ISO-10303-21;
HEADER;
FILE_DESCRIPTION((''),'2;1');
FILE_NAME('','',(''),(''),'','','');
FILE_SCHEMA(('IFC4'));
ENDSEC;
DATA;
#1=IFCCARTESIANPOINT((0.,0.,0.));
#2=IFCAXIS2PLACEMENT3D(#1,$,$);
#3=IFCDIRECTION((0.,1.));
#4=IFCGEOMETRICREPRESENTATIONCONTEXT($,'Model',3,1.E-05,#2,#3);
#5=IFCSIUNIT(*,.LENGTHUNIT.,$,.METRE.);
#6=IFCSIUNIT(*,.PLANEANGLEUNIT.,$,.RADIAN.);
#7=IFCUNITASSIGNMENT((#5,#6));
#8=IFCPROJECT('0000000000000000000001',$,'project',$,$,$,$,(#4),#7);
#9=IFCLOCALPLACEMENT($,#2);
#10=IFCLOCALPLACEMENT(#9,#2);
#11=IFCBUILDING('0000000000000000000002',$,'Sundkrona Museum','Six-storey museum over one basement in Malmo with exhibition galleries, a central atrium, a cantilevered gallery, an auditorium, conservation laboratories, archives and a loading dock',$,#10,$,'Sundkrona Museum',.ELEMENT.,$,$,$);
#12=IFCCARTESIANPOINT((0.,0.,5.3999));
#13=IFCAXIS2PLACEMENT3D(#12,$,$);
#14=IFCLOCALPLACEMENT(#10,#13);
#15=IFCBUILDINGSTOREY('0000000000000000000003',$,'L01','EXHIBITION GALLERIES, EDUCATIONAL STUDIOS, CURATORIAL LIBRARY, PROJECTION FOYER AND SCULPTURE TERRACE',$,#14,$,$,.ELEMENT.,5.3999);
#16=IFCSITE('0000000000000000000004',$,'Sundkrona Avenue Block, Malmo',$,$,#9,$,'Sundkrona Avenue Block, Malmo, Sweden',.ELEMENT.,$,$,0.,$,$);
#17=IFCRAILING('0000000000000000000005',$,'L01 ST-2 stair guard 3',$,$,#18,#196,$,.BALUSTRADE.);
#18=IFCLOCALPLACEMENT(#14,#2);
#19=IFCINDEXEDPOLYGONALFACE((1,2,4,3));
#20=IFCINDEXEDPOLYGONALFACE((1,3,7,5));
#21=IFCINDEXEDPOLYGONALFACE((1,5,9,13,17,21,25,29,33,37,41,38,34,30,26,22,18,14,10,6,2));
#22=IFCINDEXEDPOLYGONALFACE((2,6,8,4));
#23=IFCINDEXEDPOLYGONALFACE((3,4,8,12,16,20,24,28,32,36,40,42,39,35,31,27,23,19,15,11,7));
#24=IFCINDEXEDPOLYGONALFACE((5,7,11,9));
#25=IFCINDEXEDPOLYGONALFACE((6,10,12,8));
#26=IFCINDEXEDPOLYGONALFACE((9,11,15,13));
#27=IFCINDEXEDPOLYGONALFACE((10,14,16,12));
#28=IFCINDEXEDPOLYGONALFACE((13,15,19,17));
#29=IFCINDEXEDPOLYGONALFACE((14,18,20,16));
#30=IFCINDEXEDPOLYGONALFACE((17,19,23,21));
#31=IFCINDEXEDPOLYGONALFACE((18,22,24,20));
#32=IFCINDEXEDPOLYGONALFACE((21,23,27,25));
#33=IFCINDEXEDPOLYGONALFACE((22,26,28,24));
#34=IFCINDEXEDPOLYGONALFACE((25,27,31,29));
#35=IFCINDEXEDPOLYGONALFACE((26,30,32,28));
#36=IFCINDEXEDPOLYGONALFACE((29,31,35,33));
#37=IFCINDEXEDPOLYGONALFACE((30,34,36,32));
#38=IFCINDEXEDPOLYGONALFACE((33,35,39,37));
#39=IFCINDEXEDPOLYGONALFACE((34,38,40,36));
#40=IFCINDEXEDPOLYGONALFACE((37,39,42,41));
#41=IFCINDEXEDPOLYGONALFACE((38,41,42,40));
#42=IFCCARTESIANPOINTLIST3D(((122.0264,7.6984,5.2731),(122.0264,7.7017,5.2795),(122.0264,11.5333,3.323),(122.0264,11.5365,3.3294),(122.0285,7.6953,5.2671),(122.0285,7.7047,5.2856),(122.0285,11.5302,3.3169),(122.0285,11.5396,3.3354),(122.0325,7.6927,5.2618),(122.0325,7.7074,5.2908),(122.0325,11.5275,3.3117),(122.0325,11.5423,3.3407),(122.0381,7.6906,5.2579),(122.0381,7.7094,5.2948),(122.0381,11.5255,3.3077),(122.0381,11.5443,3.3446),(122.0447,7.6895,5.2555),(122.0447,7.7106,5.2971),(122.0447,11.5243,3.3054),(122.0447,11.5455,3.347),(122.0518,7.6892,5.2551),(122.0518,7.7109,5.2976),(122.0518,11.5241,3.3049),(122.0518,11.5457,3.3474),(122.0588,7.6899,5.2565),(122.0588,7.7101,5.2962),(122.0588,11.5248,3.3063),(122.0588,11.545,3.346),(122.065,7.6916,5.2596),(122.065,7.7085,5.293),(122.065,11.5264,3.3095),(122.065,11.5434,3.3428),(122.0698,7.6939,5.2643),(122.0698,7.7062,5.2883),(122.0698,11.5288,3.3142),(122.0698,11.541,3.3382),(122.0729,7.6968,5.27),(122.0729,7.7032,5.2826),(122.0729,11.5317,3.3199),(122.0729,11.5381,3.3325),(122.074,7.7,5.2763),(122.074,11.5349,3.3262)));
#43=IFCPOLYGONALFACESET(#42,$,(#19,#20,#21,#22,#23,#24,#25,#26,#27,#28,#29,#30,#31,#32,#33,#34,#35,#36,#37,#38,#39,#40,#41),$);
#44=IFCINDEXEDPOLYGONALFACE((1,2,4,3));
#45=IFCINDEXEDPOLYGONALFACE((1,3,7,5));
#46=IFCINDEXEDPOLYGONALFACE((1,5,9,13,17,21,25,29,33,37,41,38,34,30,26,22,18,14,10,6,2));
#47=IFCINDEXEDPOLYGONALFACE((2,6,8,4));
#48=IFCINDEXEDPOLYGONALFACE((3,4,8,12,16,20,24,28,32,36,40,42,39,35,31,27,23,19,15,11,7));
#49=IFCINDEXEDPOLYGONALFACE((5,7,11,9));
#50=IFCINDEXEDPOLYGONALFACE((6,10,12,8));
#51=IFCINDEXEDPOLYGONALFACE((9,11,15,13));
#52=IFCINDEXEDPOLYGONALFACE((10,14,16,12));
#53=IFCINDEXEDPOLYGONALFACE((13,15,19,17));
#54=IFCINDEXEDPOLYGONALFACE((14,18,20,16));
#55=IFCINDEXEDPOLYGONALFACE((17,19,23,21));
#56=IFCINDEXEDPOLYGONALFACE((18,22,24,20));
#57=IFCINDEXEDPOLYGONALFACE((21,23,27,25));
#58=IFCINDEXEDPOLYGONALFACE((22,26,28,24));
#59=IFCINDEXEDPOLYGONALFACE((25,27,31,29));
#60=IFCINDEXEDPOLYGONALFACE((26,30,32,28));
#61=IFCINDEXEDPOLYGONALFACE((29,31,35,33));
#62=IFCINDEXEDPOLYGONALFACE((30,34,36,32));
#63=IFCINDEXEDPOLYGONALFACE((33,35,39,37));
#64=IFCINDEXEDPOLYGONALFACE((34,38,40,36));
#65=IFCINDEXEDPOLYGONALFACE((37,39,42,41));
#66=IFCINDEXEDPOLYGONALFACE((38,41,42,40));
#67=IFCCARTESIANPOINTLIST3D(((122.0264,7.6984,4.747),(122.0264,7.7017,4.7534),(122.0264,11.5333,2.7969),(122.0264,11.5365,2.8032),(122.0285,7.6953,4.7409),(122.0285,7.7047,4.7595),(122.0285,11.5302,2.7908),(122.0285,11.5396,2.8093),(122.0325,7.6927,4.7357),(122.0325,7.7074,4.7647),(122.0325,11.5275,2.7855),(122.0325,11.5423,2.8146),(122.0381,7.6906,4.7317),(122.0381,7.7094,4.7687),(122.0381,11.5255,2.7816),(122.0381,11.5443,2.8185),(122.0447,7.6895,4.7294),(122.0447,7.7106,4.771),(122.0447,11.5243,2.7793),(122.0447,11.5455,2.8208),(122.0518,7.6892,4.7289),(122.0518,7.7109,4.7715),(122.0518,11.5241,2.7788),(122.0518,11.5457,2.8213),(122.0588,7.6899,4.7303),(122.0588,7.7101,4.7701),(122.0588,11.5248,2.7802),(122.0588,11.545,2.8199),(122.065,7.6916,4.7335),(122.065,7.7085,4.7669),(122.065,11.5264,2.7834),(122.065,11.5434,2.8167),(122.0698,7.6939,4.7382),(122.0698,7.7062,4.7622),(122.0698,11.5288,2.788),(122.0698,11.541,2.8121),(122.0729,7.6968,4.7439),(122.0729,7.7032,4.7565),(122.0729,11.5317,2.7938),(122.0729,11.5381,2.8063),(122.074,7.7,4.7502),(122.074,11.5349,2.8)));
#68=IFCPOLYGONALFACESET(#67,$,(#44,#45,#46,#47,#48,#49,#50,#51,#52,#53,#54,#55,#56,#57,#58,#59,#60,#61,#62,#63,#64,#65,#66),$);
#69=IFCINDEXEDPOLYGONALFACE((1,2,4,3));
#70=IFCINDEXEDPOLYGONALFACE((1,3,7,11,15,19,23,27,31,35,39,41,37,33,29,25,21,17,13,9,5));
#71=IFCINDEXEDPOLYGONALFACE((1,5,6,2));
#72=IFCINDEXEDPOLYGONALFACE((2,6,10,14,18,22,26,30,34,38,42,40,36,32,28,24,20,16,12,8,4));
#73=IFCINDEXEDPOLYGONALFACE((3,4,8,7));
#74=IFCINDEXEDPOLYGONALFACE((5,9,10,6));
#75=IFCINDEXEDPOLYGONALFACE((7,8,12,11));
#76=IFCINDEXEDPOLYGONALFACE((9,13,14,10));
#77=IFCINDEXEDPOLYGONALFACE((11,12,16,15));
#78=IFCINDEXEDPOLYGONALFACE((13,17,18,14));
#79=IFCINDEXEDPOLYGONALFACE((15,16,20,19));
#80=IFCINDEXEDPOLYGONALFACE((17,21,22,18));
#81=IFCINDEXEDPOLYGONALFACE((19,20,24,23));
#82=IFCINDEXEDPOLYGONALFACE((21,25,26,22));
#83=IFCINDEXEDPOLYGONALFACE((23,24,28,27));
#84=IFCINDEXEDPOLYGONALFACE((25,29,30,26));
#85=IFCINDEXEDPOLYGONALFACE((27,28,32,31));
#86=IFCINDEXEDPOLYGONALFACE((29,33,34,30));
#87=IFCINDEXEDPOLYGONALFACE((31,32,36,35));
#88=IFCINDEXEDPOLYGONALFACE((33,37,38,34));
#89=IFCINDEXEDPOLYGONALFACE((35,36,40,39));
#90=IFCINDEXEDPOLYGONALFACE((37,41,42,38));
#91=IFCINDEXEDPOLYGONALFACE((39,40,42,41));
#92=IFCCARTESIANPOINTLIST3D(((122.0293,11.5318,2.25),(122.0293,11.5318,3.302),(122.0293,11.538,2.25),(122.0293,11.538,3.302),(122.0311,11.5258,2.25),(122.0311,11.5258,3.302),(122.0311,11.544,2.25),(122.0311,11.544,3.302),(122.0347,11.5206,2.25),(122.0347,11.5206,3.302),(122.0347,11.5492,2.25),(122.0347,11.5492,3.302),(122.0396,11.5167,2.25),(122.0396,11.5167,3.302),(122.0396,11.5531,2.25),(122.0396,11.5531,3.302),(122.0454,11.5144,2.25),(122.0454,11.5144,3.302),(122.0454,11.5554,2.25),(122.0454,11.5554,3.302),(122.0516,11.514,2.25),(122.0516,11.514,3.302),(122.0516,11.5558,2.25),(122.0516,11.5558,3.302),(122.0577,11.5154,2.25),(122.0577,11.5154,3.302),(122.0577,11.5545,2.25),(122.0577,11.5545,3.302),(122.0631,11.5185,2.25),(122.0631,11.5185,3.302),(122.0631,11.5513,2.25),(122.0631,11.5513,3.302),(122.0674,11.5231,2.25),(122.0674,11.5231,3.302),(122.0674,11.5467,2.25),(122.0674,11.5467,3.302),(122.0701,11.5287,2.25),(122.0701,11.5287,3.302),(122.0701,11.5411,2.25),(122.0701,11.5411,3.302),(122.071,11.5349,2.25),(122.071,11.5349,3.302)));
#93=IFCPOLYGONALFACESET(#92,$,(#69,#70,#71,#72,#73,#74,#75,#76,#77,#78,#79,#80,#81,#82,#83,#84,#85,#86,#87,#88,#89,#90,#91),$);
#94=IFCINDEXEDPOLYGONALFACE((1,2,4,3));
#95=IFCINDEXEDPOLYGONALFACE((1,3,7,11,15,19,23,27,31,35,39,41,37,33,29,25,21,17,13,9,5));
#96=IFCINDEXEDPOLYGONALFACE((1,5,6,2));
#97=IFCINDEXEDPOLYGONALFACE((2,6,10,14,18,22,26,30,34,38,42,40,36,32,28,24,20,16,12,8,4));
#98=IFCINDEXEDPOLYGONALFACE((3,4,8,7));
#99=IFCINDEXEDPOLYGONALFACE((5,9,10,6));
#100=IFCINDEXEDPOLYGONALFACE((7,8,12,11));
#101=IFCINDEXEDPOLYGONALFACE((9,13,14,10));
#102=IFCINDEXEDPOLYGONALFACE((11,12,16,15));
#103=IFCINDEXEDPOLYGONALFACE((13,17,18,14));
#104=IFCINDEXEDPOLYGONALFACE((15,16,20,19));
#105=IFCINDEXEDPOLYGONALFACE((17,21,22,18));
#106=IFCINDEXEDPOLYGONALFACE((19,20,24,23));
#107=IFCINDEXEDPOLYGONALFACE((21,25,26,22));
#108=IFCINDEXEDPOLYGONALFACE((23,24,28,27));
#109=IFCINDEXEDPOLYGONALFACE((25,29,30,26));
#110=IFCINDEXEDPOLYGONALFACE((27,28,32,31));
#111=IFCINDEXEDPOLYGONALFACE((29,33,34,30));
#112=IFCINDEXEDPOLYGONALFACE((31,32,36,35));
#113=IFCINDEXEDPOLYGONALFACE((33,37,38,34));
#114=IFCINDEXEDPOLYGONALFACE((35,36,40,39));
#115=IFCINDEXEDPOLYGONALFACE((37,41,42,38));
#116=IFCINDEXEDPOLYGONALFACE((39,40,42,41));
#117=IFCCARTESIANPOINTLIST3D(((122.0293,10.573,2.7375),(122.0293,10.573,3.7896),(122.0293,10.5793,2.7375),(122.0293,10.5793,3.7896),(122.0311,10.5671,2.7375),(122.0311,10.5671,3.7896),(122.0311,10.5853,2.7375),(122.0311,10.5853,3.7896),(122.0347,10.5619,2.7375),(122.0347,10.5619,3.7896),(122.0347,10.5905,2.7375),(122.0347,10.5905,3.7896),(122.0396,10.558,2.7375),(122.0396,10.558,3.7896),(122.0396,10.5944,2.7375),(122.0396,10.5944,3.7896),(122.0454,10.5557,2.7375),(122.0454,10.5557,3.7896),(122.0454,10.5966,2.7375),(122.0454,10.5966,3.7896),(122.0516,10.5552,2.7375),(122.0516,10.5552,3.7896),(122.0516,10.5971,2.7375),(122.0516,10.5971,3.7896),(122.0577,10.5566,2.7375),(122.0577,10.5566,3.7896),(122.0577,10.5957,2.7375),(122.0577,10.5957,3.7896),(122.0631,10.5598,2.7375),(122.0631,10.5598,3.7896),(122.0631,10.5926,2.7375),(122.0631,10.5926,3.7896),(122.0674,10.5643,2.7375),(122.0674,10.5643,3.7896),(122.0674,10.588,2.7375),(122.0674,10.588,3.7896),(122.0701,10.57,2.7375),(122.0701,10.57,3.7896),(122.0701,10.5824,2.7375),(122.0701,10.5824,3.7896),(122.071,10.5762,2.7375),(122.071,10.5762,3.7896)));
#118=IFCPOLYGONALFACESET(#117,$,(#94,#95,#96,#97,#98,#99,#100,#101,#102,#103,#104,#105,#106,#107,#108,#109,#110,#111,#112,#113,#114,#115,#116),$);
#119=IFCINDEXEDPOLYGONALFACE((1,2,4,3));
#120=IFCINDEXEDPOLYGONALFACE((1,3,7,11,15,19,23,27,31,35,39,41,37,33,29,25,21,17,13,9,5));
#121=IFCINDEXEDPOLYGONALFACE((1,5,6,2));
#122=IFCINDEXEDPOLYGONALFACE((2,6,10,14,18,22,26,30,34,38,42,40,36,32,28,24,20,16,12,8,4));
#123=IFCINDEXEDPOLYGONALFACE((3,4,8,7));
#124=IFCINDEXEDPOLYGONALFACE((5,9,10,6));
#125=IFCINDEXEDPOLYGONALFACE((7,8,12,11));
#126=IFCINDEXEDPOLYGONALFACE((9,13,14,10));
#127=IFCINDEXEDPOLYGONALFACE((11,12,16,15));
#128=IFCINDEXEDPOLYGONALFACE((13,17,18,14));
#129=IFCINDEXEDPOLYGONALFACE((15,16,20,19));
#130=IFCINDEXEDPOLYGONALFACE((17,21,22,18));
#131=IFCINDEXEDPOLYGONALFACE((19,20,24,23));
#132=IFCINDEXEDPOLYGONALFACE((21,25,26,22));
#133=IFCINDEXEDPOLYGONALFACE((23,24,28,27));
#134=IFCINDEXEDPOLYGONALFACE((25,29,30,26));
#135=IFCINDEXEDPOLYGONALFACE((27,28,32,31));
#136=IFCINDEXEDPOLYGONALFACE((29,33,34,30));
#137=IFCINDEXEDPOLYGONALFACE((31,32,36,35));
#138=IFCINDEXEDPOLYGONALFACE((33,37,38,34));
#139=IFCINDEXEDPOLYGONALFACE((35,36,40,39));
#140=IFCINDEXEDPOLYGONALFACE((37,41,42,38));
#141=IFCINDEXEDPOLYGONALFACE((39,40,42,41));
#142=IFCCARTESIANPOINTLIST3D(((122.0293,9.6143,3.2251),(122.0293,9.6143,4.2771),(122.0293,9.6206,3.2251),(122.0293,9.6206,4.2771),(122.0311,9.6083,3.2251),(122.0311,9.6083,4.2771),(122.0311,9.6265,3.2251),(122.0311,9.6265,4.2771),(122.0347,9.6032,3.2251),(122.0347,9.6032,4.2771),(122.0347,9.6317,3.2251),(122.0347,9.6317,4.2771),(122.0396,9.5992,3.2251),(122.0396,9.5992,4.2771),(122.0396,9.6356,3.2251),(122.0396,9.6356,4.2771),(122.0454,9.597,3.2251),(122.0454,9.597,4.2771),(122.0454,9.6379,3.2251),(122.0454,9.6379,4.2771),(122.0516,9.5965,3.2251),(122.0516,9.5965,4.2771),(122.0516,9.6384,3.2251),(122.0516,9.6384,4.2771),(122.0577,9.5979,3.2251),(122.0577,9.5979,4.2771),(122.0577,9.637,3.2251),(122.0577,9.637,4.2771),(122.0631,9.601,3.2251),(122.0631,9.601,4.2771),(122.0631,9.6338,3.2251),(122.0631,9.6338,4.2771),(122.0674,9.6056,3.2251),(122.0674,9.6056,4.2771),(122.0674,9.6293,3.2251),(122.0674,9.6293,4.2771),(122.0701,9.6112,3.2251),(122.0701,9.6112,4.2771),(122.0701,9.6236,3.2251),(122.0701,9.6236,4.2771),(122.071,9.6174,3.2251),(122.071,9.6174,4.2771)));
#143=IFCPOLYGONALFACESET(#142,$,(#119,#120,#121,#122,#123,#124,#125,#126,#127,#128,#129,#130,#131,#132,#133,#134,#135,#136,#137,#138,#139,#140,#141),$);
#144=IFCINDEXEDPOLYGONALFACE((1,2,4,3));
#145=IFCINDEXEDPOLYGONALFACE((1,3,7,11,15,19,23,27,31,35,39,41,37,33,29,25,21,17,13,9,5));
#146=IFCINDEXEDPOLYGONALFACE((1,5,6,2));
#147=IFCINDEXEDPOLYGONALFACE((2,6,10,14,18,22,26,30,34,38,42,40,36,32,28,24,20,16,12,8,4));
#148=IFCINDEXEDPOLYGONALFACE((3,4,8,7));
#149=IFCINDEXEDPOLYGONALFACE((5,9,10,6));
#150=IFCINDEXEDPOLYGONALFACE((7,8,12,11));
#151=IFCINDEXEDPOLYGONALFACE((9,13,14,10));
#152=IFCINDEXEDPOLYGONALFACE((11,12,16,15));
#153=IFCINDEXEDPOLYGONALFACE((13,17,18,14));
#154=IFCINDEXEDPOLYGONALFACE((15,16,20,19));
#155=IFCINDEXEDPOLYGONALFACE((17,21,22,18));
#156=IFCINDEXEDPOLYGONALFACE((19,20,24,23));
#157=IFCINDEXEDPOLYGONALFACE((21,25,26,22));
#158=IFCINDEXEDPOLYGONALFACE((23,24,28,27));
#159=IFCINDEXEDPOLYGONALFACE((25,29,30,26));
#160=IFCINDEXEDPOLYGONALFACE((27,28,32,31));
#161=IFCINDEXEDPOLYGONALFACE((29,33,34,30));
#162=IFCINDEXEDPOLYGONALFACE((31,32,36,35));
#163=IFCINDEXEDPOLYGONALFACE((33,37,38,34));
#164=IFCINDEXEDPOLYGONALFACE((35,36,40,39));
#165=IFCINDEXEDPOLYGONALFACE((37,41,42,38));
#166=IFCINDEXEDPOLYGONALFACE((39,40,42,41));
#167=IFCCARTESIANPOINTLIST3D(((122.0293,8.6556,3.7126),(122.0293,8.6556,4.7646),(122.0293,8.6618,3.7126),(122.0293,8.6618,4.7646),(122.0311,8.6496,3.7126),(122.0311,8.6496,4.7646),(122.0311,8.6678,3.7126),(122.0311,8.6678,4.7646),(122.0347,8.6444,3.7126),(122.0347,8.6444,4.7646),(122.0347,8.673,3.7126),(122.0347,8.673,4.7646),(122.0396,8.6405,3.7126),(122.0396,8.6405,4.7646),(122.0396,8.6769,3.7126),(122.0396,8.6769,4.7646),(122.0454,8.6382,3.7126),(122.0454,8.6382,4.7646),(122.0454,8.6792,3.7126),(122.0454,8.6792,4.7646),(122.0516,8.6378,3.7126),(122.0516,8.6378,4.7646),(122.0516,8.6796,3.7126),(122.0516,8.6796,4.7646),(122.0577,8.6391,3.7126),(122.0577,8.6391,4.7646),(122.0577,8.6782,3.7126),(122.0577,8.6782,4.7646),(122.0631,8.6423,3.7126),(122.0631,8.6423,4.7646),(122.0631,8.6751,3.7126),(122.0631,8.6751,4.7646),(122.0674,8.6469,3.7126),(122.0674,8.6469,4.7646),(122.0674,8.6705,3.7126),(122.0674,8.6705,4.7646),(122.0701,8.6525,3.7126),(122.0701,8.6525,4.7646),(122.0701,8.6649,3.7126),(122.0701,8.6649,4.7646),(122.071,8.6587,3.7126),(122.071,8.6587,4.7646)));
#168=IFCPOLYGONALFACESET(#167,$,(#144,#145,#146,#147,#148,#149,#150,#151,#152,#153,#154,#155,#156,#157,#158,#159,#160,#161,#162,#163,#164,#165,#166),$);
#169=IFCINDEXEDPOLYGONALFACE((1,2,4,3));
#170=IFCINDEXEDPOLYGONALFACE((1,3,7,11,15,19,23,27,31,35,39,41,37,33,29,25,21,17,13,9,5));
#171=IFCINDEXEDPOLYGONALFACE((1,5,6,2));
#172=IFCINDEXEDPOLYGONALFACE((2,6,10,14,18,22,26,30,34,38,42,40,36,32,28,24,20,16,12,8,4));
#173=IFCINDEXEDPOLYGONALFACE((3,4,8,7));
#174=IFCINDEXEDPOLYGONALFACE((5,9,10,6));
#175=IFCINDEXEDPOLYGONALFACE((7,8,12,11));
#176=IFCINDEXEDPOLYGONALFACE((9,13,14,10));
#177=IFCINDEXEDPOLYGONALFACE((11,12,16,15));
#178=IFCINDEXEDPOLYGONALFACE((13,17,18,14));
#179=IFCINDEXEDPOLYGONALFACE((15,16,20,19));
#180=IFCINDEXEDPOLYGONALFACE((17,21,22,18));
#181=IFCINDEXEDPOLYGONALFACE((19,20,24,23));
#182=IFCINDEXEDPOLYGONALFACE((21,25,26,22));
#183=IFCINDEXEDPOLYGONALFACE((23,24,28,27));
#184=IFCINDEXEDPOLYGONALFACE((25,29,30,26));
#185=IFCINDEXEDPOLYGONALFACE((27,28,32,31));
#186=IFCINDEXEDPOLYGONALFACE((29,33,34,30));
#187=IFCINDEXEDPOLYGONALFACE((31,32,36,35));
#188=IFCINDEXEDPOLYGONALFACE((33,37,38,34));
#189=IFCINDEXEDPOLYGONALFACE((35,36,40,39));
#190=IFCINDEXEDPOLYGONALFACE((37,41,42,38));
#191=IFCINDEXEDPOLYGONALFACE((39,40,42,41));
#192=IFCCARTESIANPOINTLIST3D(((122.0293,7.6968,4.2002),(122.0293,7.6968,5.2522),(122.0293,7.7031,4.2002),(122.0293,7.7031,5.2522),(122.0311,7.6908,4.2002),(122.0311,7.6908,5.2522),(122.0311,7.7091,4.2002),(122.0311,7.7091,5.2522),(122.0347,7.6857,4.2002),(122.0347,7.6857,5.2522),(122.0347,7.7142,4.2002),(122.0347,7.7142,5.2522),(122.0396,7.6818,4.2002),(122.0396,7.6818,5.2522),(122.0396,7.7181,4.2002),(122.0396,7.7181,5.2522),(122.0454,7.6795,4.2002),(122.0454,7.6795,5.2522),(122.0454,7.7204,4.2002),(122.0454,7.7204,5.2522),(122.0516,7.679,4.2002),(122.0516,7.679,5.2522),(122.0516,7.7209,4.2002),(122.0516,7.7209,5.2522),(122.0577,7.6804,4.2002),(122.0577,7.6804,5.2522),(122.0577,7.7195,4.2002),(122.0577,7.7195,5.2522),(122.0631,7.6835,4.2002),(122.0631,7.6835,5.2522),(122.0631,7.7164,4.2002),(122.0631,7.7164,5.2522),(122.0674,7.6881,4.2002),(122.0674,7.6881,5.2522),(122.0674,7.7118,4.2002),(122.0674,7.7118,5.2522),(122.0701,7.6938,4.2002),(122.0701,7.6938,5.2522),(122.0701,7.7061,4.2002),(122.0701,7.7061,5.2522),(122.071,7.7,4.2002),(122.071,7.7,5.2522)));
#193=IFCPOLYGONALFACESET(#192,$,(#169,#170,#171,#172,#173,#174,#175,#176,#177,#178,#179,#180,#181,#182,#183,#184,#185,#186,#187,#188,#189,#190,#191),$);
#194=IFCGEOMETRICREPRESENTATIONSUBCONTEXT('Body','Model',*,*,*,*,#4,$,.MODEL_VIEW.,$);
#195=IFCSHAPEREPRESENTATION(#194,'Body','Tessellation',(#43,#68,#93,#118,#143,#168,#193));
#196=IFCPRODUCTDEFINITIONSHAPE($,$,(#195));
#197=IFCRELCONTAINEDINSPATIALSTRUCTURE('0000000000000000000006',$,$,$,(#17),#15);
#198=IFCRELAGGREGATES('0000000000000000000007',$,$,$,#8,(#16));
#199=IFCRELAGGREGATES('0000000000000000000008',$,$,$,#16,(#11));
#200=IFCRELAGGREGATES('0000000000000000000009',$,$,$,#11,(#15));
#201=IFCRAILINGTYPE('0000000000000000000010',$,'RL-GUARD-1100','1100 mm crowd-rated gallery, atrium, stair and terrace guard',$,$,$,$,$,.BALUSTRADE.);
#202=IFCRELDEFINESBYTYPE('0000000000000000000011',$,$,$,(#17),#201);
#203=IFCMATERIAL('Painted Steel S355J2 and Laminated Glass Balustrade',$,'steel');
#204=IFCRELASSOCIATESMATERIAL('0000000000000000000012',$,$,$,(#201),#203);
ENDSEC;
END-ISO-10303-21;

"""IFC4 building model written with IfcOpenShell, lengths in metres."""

from ifc_helpers import new_model, si_unit, direction, frame, origin, origin_2d, place, context, subcontext, project, spatial, circle, extrude, material, type_object, element, save


model = new_model("IFC4")

# Units and contexts
model_context = context("Model", 3, precision=1e-05, world=origin(), true_north=direction((0.0, 1.0)))
body_context = subcontext(model_context, "Body", "Model", "MODEL_VIEW")
ifc_project = project(units=[si_unit("LENGTHUNIT", "METRE"), si_unit("PLANEANGLEUNIT", "RADIAN")], contexts=[model_context])

# Site, building, storey
site_placement = place(None, origin())
site = spatial("IfcSite", under=ifc_project, at=site_placement, Name="Sundkrona Avenue Block, Malmo", LongName="Sundkrona Avenue Block, Malmo, Sweden", CompositionType="ELEMENT", RefElevation=0.0)
building_placement = place(site_placement, origin())
building = spatial("IfcBuilding", under=site, at=building_placement, Name="Sundkrona Museum", Description="Six-storey museum over one basement in Malmo with exhibition galleries, a central atrium, a cantilevered gallery, an auditorium, conservation laboratories, archives and a loading dock", LongName="Sundkrona Museum", CompositionType="ELEMENT")
storey_placement = place(building_placement, frame((0.0, 0.0, 5.3999)))
storey = spatial("IfcBuildingStorey", under=building, at=storey_placement, Name="L01", Description="EXHIBITION GALLERIES, EDUCATIONAL STUDIOS, CURATORIAL LIBRARY, PROJECTION FOYER AND SCULPTURE TERRACE", CompositionType="ELEMENT", Elevation=5.3999)

# Railing
ifc_material_1 = material(Name="Painted Steel S355J2 and Laminated Glass Balustrade", Category="steel")
railing_type_1 = type_object("IfcRailingType", Name="RL-GUARD-1100", Description="1100 mm crowd-rated gallery, atrium, stair and terrace guard", PredefinedType="BALUSTRADE", material=ifc_material_1)
railing_1_placement = place(storey_placement, frame((122.05, 11.5349, 2.25)))
element("IfcRailing", 1, at=railing_1_placement, inside=storey, type_object=railing_type_1, Name="L01 ST-2 stair guard 3", PredefinedType="BALUSTRADE", context=body_context, shape_type="SweptSolid", body=[
    extrude(circle(Radius=0.0239, at=origin_2d()), frame((0.0, 0.0, 1.0762), z_axis=(0.0, -0.891365, 0.453286), x_axis=(1.0, 0.0, 0.0)), (0.0, 0.0, 1.0), 4.3022),
    extrude(circle(Radius=0.0239, at=origin_2d()), frame((0.0, 0.0, 0.55), z_axis=(0.0, -0.891365, 0.453286), x_axis=(1.0, 0.0, 0.0)), (0.0, 0.0, 1.0), 4.3022),
    extrude(circle(Radius=0.021, at=origin_2d()), origin(), (0.0, 0.0, 1.0), 1.052),
    extrude(circle(Radius=0.021, at=origin_2d()), frame((0.0, -0.9587, 0.4875)), (0.0, 0.0, 1.0), 1.052),
    extrude(circle(Radius=0.021, at=origin_2d()), frame((0.0, -1.9175, 0.9751)), (0.0, 0.0, 1.0), 1.052),
    extrude(circle(Radius=0.021, at=origin_2d()), frame((0.0, -2.8762, 1.4626)), (0.0, 0.0, 1.0), 1.052),
    extrude(circle(Radius=0.021, at=origin_2d()), frame((0.0, -3.835, 1.9502)), (0.0, 0.0, 1.0), 1.052),
])

save(model, "model.ifc")
